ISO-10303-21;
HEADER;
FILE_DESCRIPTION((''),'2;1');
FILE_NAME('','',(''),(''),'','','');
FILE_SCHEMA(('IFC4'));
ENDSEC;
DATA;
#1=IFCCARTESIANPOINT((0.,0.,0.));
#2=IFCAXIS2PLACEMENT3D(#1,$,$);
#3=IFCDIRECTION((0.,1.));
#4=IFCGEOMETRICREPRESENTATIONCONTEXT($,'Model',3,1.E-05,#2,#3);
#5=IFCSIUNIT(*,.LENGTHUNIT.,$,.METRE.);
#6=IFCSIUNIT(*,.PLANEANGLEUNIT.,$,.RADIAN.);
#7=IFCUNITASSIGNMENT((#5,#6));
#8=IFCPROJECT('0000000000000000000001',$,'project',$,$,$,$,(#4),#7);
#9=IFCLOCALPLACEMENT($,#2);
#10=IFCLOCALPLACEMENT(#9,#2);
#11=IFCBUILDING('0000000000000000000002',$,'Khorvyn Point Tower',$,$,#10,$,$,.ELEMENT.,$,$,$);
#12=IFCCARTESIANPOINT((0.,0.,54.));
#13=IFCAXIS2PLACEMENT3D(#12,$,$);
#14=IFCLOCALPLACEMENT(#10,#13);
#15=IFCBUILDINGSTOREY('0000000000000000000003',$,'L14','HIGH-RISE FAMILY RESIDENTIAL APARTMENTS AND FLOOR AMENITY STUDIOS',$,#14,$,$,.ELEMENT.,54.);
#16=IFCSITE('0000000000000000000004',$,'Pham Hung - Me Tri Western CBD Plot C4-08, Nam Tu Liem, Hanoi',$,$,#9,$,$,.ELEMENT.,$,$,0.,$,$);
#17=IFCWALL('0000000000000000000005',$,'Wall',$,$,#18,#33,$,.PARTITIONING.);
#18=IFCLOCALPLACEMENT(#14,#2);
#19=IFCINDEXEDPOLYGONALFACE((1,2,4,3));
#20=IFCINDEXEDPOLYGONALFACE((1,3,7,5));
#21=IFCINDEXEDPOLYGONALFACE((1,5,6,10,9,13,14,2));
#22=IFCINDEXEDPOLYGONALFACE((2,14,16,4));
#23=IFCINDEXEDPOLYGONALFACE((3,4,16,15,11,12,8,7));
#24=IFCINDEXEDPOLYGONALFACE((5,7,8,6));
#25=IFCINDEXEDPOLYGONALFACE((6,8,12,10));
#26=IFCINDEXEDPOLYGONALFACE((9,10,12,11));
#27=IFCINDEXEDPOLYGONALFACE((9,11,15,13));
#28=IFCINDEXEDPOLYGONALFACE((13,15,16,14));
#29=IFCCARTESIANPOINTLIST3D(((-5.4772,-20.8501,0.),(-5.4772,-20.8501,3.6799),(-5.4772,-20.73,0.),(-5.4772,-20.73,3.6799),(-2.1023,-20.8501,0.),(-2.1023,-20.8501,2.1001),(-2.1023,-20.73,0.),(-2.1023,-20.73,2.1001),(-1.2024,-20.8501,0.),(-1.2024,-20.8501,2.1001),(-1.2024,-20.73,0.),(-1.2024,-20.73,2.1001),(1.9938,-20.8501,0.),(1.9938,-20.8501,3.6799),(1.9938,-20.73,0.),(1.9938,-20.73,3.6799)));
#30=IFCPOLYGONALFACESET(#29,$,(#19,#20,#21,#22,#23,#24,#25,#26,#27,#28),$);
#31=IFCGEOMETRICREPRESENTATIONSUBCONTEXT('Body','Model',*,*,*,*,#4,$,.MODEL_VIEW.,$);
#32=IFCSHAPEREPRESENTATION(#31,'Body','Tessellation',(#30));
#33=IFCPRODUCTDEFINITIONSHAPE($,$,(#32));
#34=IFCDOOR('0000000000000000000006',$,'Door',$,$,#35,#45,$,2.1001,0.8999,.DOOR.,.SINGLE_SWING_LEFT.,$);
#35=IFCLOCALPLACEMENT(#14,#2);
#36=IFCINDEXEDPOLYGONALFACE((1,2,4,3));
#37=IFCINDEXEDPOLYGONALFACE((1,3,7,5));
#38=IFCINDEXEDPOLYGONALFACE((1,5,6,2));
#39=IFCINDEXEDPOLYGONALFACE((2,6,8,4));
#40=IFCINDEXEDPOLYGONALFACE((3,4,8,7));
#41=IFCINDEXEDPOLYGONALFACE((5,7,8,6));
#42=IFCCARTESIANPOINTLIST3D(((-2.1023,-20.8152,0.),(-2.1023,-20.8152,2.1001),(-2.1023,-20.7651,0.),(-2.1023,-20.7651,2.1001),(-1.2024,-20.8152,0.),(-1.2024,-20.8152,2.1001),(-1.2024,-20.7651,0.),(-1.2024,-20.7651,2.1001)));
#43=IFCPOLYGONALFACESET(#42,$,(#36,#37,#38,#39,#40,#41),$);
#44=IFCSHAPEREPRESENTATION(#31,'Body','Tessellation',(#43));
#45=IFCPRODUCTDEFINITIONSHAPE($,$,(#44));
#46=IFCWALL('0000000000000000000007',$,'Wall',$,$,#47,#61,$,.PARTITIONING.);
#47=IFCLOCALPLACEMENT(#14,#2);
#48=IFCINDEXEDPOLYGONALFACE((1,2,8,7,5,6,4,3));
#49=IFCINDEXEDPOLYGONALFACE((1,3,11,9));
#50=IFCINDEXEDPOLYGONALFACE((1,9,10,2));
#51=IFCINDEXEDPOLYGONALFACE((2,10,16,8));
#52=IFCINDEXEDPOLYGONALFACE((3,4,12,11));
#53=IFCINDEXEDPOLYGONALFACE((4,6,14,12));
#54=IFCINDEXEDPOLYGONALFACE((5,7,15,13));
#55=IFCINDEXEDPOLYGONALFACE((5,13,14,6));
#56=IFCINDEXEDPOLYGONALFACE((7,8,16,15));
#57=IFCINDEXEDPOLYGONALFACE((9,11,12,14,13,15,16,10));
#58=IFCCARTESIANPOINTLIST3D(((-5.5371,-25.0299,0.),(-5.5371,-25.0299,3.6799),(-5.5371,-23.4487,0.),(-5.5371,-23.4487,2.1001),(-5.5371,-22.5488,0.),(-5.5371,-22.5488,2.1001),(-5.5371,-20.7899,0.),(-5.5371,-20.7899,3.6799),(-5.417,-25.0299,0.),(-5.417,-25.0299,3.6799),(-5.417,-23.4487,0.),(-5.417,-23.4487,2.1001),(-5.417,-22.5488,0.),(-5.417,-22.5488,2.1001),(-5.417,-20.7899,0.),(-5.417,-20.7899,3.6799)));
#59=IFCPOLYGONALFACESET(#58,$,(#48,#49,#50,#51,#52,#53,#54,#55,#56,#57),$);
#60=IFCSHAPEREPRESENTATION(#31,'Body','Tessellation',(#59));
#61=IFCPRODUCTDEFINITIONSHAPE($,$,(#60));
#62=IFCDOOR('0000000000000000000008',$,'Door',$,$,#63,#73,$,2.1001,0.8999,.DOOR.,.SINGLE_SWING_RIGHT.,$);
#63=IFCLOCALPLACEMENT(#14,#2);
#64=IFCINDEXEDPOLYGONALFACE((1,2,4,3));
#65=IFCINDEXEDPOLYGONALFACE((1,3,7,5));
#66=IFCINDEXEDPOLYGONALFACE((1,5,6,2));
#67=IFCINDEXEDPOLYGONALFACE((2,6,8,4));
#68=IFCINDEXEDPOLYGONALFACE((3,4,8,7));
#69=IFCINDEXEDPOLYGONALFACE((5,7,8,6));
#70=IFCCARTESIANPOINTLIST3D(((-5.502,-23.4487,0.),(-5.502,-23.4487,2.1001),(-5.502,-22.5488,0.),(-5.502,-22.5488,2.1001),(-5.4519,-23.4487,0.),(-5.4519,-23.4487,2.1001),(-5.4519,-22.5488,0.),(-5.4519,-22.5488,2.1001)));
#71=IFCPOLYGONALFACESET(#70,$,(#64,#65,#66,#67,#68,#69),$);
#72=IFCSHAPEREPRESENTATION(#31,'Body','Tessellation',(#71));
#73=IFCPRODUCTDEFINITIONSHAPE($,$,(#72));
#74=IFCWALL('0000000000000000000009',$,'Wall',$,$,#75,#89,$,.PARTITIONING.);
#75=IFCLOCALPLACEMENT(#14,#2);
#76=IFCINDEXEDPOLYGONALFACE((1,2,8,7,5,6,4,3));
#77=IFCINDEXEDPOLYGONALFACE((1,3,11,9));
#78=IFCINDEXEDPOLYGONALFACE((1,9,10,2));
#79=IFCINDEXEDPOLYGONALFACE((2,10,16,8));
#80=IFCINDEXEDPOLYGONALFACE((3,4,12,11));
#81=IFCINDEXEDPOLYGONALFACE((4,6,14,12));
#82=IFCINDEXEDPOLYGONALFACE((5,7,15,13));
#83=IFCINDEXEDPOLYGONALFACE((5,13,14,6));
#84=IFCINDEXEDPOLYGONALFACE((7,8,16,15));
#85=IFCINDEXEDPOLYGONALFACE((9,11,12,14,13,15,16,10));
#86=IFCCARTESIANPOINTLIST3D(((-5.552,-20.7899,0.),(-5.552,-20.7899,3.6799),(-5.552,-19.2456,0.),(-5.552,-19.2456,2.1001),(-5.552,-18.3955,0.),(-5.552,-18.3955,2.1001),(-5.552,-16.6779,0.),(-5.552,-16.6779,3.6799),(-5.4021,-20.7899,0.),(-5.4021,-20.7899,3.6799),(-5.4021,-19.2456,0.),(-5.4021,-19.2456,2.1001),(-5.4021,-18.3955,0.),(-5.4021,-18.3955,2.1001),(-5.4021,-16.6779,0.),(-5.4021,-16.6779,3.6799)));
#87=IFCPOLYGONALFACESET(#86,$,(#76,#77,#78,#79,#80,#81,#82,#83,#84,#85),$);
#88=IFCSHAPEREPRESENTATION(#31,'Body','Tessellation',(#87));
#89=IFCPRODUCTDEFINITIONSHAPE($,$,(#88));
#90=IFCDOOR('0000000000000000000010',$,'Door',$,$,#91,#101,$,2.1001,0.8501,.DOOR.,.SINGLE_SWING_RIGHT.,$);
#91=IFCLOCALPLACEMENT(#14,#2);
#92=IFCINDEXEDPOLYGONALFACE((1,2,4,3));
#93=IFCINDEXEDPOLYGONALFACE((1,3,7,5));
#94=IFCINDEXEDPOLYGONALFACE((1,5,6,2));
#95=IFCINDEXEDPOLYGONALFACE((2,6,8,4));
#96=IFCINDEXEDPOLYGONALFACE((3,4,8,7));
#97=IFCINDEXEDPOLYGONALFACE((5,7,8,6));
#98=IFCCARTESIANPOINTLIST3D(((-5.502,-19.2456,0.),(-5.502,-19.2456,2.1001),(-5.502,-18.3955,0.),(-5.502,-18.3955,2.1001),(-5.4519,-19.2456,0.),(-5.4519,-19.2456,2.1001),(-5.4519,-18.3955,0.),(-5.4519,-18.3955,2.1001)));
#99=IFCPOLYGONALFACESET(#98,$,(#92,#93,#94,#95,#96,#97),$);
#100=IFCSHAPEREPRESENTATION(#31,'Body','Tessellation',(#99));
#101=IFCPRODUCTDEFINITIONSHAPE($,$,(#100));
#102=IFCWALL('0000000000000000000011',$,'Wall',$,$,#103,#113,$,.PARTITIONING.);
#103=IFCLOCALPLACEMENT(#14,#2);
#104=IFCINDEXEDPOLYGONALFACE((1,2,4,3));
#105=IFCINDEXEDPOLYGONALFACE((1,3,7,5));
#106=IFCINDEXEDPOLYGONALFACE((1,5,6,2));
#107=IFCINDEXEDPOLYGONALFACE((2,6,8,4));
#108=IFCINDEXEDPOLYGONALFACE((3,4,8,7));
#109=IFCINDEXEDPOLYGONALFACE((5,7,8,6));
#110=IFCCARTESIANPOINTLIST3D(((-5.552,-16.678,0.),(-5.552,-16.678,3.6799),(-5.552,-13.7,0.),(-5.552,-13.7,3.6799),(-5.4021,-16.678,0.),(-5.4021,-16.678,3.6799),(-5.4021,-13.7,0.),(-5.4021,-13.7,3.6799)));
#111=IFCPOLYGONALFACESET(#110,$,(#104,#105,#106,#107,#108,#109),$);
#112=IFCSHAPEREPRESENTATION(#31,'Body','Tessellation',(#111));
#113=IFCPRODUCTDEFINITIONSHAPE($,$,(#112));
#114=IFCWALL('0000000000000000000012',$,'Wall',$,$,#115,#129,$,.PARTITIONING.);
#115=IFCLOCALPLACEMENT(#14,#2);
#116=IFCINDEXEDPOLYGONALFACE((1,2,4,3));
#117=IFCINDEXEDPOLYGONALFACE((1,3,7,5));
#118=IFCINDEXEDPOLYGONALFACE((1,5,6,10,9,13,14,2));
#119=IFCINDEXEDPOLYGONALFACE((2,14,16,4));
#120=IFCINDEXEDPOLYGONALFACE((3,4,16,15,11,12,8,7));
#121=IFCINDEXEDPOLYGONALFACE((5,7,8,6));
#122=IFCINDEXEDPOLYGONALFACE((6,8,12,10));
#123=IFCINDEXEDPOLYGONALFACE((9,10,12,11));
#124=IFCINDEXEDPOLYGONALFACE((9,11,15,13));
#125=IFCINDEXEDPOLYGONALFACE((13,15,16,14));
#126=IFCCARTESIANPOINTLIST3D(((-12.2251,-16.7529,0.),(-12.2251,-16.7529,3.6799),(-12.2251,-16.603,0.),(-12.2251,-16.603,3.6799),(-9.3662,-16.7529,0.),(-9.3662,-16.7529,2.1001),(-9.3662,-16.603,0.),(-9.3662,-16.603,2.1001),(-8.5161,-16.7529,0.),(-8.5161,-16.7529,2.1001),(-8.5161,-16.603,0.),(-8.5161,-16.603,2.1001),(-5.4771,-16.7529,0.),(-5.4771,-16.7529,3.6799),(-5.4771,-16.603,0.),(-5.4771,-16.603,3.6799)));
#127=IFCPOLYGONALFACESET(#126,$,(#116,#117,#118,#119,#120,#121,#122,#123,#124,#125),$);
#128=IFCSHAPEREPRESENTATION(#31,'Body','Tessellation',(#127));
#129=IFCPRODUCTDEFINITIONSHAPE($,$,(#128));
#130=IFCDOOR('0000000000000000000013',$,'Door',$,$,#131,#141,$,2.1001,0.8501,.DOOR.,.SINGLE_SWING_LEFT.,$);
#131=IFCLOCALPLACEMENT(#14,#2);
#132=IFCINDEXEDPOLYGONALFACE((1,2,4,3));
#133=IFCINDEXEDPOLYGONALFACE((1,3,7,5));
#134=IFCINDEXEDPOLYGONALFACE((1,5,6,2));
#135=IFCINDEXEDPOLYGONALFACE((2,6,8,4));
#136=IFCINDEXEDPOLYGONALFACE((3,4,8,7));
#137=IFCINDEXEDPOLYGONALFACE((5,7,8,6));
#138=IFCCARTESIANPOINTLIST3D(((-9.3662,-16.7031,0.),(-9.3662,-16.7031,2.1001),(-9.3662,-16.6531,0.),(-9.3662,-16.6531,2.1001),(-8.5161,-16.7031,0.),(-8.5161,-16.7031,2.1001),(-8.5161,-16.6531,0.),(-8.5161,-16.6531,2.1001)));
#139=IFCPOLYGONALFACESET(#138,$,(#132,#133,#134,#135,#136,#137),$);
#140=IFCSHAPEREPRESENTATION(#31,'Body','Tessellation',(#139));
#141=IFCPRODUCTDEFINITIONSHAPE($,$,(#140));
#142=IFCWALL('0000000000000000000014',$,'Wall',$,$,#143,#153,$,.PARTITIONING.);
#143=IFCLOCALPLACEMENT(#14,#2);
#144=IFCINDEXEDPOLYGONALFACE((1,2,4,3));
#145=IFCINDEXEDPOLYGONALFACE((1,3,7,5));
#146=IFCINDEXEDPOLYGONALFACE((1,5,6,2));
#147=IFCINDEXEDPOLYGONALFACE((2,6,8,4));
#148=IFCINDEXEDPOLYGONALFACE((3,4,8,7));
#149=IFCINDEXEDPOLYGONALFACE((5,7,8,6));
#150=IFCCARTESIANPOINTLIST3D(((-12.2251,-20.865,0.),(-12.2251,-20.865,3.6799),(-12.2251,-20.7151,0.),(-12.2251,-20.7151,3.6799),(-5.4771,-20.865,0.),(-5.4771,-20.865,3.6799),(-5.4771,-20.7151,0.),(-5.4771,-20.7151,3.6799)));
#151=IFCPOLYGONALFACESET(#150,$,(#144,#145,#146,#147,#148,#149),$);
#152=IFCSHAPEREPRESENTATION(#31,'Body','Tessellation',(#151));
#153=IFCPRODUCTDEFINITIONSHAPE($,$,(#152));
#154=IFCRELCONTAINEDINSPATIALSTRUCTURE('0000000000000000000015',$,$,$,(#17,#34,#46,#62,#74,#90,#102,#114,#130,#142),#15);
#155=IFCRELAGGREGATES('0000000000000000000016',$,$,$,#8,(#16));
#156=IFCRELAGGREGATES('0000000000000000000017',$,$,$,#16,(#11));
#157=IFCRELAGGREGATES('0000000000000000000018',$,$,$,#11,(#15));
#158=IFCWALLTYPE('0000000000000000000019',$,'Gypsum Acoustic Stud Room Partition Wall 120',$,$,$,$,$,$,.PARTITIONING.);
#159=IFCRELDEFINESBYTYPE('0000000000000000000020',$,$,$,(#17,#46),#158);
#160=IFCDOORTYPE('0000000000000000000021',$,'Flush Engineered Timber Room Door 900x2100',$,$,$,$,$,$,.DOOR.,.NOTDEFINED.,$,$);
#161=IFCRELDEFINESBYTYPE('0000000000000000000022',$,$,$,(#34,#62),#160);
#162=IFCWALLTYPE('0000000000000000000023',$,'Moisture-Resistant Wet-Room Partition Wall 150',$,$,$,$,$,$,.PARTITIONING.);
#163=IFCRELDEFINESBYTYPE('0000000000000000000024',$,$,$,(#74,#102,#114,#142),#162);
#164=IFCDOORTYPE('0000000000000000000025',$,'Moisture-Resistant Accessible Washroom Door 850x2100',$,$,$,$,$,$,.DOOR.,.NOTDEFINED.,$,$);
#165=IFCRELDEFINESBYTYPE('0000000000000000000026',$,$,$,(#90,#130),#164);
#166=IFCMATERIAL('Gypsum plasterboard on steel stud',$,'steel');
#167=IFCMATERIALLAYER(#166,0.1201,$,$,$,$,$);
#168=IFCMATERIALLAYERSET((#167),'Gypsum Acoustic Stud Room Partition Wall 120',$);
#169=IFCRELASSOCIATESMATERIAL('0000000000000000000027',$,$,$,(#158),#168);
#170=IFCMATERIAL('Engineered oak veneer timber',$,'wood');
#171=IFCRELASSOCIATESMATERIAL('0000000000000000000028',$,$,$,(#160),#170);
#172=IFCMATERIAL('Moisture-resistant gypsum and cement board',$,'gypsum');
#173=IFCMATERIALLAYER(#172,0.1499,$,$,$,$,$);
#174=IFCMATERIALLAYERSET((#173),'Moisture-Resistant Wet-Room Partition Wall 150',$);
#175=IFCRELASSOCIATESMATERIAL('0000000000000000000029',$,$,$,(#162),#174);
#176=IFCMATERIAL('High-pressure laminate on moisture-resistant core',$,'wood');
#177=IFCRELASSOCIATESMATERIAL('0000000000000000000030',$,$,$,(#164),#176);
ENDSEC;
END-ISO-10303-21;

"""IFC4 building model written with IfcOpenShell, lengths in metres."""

from ifc_helpers import new_model, si_unit, direction, frame, frame_2d, origin, place, context, subcontext, project, spatial, rectangle, extrude, material, layer, layer_set, type_object, element, fill, save


model = new_model("IFC4")

# Units and contexts
model_context = context("Model", 3, precision=1e-05, world=origin(), true_north=direction((0.0, 1.0)))
body_context = subcontext(model_context, "Body", "Model", "MODEL_VIEW")
ifc_project = project(units=[si_unit("LENGTHUNIT", "METRE"), si_unit("PLANEANGLEUNIT", "RADIAN")], contexts=[model_context])

# Site, building, storey
site_placement = place(None, origin())
site = spatial("IfcSite", under=ifc_project, at=site_placement, Name="Pham Hung - Me Tri Western CBD Plot C4-08, Nam Tu Liem, Hanoi", CompositionType="ELEMENT", RefElevation=0.0)
building_placement = place(site_placement, origin())
building = spatial("IfcBuilding", under=site, at=building_placement, Name="Khorvyn Point Tower", CompositionType="ELEMENT")
storey_placement = place(building_placement, frame((0.0, 0.0, 54.0)))
storey = spatial("IfcBuildingStorey", under=building, at=storey_placement, Name="L14", Description="HIGH-RISE FAMILY RESIDENTIAL APARTMENTS AND FLOOR AMENITY STUDIOS", CompositionType="ELEMENT", Elevation=54.0)

# Walls, openings, doors
ifc_material_1 = material(Name="Gypsum plasterboard on steel stud", Category="steel")
ifc_layer_1 = layer(ifc_material_1, 0.1201)
ifc_layer_set_1 = layer_set([ifc_layer_1], Name="Gypsum Acoustic Stud Room Partition Wall 120")
wall_type_1 = type_object("IfcWallType", Name="Gypsum Acoustic Stud Room Partition Wall 120", PredefinedType="PARTITIONING", material=ifc_layer_set_1)
wall_1_placement = place(storey_placement, frame((-5.4771, -20.79, 0.0), z_axis=(0.0, 0.0, 1.0), x_axis=(1.0, 0.0, 0.0)))
wall_1 = element("IfcWall", 1, at=wall_1_placement, inside=storey, type_object=wall_type_1, Name="Wall", PredefinedType="PARTITIONING", context=body_context, shape_type="SweptSolid", body=[
    extrude(rectangle(XDim=7.4709, YDim=0.1201, at=frame_2d((3.7354, 0.0))), origin(), (0.0, 0.0, 1.0), 3.6799),
])
opening_1_placement = place(wall_1_placement, frame((3.3748, 0.0, 0.0)))
opening_1 = element("IfcOpeningElement", 2, at=opening_1_placement, cuts=wall_1, PredefinedType="OPENING", context=body_context, shape_type="SweptSolid", body=[
    extrude(rectangle(XDim=0.8999, YDim=2.1001, at=frame_2d((0.45, 1.05))), frame((0.0, 0.0701, 0.0), z_axis=(0.0, -1.0, 0.0), x_axis=(1.0, 0.0, 0.0)), (0.0, 0.0, 1.0), 0.1401),
])
ifc_material_2 = material(Name="Engineered oak veneer timber", Category="wood")
door_type_1 = type_object("IfcDoorType", Name="Flush Engineered Timber Room Door 900x2100", OperationType="NOTDEFINED", PredefinedType="DOOR", material=ifc_material_2)
door_1_placement = place(opening_1_placement, origin())
door_1 = element("IfcDoor", 3, at=door_1_placement, inside=storey, type_object=door_type_1, Name="Door", OperationType="SINGLE_SWING_LEFT", OverallHeight=2.1001, OverallWidth=0.8999, PredefinedType="DOOR", context=body_context, shape_type="SweptSolid", body=[
    extrude(rectangle(XDim=0.8999, YDim=2.1001, at=frame_2d((0.45, 1.05))), frame((0.0, 0.0249, 0.0), z_axis=(0.0, -1.0, 0.0), x_axis=(1.0, 0.0, 0.0)), (0.0, 0.0, 1.0), 0.05),
])
fill(opening_1, door_1)
wall_2_placement = place(storey_placement, frame((-5.4771, -25.03, 0.0), z_axis=(0.0, 0.0, 1.0), x_axis=(0.0, 1.0, 0.0)))
wall_2 = element("IfcWall", 4, at=wall_2_placement, inside=storey, type_object=wall_type_1, Name="Wall", PredefinedType="PARTITIONING", context=body_context, shape_type="SweptSolid", body=[
    extrude(rectangle(XDim=4.24, YDim=0.1201, at=frame_2d((2.1201, 0.0))), origin(), (0.0, 0.0, 1.0), 3.6799),
])
opening_2_placement = place(wall_2_placement, frame((1.5813, 0.0, 0.0)))
opening_2 = element("IfcOpeningElement", 5, at=opening_2_placement, cuts=wall_2, PredefinedType="OPENING", context=body_context, shape_type="SweptSolid", body=[
    extrude(rectangle(XDim=0.8999, YDim=2.1001, at=frame_2d((0.45, 1.05))), frame((0.0, 0.0701, 0.0), z_axis=(0.0, -1.0, 0.0), x_axis=(1.0, 0.0, 0.0)), (0.0, 0.0, 1.0), 0.1401),
])
door_2_placement = place(opening_2_placement, origin())
door_2 = element("IfcDoor", 6, at=door_2_placement, inside=storey, type_object=door_type_1, Name="Door", OperationType="SINGLE_SWING_RIGHT", OverallHeight=2.1001, OverallWidth=0.8999, PredefinedType="DOOR", context=body_context, shape_type="SweptSolid", body=[
    extrude(rectangle(XDim=0.8999, YDim=2.1001, at=frame_2d((0.45, 1.05))), frame((0.0, 0.0249, 0.0), z_axis=(0.0, -1.0, 0.0), x_axis=(1.0, 0.0, 0.0)), (0.0, 0.0, 1.0), 0.05),
])
fill(opening_2, door_2)
ifc_material_3 = material(Name="Moisture-resistant gypsum and cement board", Category="gypsum")
ifc_layer_2 = layer(ifc_material_3, 0.1499)
ifc_layer_set_2 = layer_set([ifc_layer_2], Name="Moisture-Resistant Wet-Room Partition Wall 150")
wall_type_2 = type_object("IfcWallType", Name="Moisture-Resistant Wet-Room Partition Wall 150", PredefinedType="PARTITIONING", material=ifc_layer_set_2)
wall_3_placement = place(storey_placement, frame((-5.4771, -20.79, 0.0), z_axis=(0.0, 0.0, 1.0), x_axis=(0.0, 1.0, 0.0)))
wall_3 = element("IfcWall", 7, at=wall_3_placement, inside=storey, type_object=wall_type_2, Name="Wall", PredefinedType="PARTITIONING", context=body_context, shape_type="SweptSolid", body=[
    extrude(rectangle(XDim=4.1121, YDim=0.1499, at=frame_2d((2.0562, 0.0))), origin(), (0.0, 0.0, 1.0), 3.6799),
])
opening_3_placement = place(wall_3_placement, frame((1.5444, 0.0, 0.0)))
opening_3 = element("IfcOpeningElement", 8, at=opening_3_placement, cuts=wall_3, PredefinedType="OPENING", context=body_context, shape_type="SweptSolid", body=[
    extrude(rectangle(XDim=0.8501, YDim=2.1001, at=frame_2d((0.425, 1.05))), frame((0.0, 0.085, 0.0), z_axis=(0.0, -1.0, 0.0), x_axis=(1.0, 0.0, 0.0)), (0.0, 0.0, 1.0), 0.1699),
])
ifc_material_4 = material(Name="High-pressure laminate on moisture-resistant core", Category="wood")
door_type_2 = type_object("IfcDoorType", Name="Moisture-Resistant Accessible Washroom Door 850x2100", OperationType="NOTDEFINED", PredefinedType="DOOR", material=ifc_material_4)
door_3_placement = place(opening_3_placement, origin())
door_3 = element("IfcDoor", 9, at=door_3_placement, inside=storey, type_object=door_type_2, Name="Door", OperationType="SINGLE_SWING_RIGHT", OverallHeight=2.1001, OverallWidth=0.8501, PredefinedType="DOOR", context=body_context, shape_type="SweptSolid", body=[
    extrude(rectangle(XDim=0.8501, YDim=2.1001, at=frame_2d((0.425, 1.05))), frame((0.0, 0.0249, 0.0), z_axis=(0.0, -1.0, 0.0), x_axis=(1.0, 0.0, 0.0)), (0.0, 0.0, 1.0), 0.05),
])
fill(opening_3, door_3)

# Wall
wall_4_placement = place(storey_placement, frame((-5.4771, -16.678, 0.0), z_axis=(0.0, 0.0, 1.0), x_axis=(0.0, 1.0, 0.0)))
element("IfcWall", 10, at=wall_4_placement, inside=storey, type_object=wall_type_2, Name="Wall", PredefinedType="PARTITIONING", context=body_context, shape_type="SweptSolid", body=[
    extrude(rectangle(XDim=2.978, YDim=0.1499, at=frame_2d((1.489, 0.0))), origin(), (0.0, 0.0, 1.0), 3.6799),
])

# Wall, opening, door
wall_5_placement = place(storey_placement, frame((-12.2251, -16.678, 0.0), z_axis=(0.0, 0.0, 1.0), x_axis=(1.0, 0.0, 0.0)))
wall_5 = element("IfcWall", 11, at=wall_5_placement, inside=storey, type_object=wall_type_2, Name="Wall", PredefinedType="PARTITIONING", context=body_context, shape_type="SweptSolid", body=[
    extrude(rectangle(XDim=6.748, YDim=0.1499, at=frame_2d((3.374, 0.0))), origin(), (0.0, 0.0, 1.0), 3.6799),
])
opening_4_placement = place(wall_5_placement, frame((2.8589, 0.0, 0.0)))
opening_4 = element("IfcOpeningElement", 12, at=opening_4_placement, cuts=wall_5, PredefinedType="OPENING", context=body_context, shape_type="SweptSolid", body=[
    extrude(rectangle(XDim=0.8501, YDim=2.1001, at=frame_2d((0.425, 1.05))), frame((0.0, 0.085, 0.0), z_axis=(0.0, -1.0, 0.0), x_axis=(1.0, 0.0, 0.0)), (0.0, 0.0, 1.0), 0.1699),
])
door_4_placement = place(opening_4_placement, origin())
door_4 = element("IfcDoor", 13, at=door_4_placement, inside=storey, type_object=door_type_2, Name="Door", OperationType="SINGLE_SWING_LEFT", OverallHeight=2.1001, OverallWidth=0.8501, PredefinedType="DOOR", context=body_context, shape_type="SweptSolid", body=[
    extrude(rectangle(XDim=0.8501, YDim=2.1001, at=frame_2d((0.425, 1.05))), frame((0.0, 0.0249, 0.0), z_axis=(0.0, -1.0, 0.0), x_axis=(1.0, 0.0, 0.0)), (0.0, 0.0, 1.0), 0.05),
])
fill(opening_4, door_4)

# Wall
wall_6_placement = place(storey_placement, frame((-12.2251, -20.79, 0.0), z_axis=(0.0, 0.0, 1.0), x_axis=(1.0, 0.0, 0.0)))
element("IfcWall", 14, at=wall_6_placement, inside=storey, type_object=wall_type_2, Name="Wall", PredefinedType="PARTITIONING", context=body_context, shape_type="SweptSolid", body=[
    extrude(rectangle(XDim=6.748, YDim=0.1499, at=frame_2d((3.374, 0.0))), origin(), (0.0, 0.0, 1.0), 3.6799),
])

save(model, "model.ifc")
